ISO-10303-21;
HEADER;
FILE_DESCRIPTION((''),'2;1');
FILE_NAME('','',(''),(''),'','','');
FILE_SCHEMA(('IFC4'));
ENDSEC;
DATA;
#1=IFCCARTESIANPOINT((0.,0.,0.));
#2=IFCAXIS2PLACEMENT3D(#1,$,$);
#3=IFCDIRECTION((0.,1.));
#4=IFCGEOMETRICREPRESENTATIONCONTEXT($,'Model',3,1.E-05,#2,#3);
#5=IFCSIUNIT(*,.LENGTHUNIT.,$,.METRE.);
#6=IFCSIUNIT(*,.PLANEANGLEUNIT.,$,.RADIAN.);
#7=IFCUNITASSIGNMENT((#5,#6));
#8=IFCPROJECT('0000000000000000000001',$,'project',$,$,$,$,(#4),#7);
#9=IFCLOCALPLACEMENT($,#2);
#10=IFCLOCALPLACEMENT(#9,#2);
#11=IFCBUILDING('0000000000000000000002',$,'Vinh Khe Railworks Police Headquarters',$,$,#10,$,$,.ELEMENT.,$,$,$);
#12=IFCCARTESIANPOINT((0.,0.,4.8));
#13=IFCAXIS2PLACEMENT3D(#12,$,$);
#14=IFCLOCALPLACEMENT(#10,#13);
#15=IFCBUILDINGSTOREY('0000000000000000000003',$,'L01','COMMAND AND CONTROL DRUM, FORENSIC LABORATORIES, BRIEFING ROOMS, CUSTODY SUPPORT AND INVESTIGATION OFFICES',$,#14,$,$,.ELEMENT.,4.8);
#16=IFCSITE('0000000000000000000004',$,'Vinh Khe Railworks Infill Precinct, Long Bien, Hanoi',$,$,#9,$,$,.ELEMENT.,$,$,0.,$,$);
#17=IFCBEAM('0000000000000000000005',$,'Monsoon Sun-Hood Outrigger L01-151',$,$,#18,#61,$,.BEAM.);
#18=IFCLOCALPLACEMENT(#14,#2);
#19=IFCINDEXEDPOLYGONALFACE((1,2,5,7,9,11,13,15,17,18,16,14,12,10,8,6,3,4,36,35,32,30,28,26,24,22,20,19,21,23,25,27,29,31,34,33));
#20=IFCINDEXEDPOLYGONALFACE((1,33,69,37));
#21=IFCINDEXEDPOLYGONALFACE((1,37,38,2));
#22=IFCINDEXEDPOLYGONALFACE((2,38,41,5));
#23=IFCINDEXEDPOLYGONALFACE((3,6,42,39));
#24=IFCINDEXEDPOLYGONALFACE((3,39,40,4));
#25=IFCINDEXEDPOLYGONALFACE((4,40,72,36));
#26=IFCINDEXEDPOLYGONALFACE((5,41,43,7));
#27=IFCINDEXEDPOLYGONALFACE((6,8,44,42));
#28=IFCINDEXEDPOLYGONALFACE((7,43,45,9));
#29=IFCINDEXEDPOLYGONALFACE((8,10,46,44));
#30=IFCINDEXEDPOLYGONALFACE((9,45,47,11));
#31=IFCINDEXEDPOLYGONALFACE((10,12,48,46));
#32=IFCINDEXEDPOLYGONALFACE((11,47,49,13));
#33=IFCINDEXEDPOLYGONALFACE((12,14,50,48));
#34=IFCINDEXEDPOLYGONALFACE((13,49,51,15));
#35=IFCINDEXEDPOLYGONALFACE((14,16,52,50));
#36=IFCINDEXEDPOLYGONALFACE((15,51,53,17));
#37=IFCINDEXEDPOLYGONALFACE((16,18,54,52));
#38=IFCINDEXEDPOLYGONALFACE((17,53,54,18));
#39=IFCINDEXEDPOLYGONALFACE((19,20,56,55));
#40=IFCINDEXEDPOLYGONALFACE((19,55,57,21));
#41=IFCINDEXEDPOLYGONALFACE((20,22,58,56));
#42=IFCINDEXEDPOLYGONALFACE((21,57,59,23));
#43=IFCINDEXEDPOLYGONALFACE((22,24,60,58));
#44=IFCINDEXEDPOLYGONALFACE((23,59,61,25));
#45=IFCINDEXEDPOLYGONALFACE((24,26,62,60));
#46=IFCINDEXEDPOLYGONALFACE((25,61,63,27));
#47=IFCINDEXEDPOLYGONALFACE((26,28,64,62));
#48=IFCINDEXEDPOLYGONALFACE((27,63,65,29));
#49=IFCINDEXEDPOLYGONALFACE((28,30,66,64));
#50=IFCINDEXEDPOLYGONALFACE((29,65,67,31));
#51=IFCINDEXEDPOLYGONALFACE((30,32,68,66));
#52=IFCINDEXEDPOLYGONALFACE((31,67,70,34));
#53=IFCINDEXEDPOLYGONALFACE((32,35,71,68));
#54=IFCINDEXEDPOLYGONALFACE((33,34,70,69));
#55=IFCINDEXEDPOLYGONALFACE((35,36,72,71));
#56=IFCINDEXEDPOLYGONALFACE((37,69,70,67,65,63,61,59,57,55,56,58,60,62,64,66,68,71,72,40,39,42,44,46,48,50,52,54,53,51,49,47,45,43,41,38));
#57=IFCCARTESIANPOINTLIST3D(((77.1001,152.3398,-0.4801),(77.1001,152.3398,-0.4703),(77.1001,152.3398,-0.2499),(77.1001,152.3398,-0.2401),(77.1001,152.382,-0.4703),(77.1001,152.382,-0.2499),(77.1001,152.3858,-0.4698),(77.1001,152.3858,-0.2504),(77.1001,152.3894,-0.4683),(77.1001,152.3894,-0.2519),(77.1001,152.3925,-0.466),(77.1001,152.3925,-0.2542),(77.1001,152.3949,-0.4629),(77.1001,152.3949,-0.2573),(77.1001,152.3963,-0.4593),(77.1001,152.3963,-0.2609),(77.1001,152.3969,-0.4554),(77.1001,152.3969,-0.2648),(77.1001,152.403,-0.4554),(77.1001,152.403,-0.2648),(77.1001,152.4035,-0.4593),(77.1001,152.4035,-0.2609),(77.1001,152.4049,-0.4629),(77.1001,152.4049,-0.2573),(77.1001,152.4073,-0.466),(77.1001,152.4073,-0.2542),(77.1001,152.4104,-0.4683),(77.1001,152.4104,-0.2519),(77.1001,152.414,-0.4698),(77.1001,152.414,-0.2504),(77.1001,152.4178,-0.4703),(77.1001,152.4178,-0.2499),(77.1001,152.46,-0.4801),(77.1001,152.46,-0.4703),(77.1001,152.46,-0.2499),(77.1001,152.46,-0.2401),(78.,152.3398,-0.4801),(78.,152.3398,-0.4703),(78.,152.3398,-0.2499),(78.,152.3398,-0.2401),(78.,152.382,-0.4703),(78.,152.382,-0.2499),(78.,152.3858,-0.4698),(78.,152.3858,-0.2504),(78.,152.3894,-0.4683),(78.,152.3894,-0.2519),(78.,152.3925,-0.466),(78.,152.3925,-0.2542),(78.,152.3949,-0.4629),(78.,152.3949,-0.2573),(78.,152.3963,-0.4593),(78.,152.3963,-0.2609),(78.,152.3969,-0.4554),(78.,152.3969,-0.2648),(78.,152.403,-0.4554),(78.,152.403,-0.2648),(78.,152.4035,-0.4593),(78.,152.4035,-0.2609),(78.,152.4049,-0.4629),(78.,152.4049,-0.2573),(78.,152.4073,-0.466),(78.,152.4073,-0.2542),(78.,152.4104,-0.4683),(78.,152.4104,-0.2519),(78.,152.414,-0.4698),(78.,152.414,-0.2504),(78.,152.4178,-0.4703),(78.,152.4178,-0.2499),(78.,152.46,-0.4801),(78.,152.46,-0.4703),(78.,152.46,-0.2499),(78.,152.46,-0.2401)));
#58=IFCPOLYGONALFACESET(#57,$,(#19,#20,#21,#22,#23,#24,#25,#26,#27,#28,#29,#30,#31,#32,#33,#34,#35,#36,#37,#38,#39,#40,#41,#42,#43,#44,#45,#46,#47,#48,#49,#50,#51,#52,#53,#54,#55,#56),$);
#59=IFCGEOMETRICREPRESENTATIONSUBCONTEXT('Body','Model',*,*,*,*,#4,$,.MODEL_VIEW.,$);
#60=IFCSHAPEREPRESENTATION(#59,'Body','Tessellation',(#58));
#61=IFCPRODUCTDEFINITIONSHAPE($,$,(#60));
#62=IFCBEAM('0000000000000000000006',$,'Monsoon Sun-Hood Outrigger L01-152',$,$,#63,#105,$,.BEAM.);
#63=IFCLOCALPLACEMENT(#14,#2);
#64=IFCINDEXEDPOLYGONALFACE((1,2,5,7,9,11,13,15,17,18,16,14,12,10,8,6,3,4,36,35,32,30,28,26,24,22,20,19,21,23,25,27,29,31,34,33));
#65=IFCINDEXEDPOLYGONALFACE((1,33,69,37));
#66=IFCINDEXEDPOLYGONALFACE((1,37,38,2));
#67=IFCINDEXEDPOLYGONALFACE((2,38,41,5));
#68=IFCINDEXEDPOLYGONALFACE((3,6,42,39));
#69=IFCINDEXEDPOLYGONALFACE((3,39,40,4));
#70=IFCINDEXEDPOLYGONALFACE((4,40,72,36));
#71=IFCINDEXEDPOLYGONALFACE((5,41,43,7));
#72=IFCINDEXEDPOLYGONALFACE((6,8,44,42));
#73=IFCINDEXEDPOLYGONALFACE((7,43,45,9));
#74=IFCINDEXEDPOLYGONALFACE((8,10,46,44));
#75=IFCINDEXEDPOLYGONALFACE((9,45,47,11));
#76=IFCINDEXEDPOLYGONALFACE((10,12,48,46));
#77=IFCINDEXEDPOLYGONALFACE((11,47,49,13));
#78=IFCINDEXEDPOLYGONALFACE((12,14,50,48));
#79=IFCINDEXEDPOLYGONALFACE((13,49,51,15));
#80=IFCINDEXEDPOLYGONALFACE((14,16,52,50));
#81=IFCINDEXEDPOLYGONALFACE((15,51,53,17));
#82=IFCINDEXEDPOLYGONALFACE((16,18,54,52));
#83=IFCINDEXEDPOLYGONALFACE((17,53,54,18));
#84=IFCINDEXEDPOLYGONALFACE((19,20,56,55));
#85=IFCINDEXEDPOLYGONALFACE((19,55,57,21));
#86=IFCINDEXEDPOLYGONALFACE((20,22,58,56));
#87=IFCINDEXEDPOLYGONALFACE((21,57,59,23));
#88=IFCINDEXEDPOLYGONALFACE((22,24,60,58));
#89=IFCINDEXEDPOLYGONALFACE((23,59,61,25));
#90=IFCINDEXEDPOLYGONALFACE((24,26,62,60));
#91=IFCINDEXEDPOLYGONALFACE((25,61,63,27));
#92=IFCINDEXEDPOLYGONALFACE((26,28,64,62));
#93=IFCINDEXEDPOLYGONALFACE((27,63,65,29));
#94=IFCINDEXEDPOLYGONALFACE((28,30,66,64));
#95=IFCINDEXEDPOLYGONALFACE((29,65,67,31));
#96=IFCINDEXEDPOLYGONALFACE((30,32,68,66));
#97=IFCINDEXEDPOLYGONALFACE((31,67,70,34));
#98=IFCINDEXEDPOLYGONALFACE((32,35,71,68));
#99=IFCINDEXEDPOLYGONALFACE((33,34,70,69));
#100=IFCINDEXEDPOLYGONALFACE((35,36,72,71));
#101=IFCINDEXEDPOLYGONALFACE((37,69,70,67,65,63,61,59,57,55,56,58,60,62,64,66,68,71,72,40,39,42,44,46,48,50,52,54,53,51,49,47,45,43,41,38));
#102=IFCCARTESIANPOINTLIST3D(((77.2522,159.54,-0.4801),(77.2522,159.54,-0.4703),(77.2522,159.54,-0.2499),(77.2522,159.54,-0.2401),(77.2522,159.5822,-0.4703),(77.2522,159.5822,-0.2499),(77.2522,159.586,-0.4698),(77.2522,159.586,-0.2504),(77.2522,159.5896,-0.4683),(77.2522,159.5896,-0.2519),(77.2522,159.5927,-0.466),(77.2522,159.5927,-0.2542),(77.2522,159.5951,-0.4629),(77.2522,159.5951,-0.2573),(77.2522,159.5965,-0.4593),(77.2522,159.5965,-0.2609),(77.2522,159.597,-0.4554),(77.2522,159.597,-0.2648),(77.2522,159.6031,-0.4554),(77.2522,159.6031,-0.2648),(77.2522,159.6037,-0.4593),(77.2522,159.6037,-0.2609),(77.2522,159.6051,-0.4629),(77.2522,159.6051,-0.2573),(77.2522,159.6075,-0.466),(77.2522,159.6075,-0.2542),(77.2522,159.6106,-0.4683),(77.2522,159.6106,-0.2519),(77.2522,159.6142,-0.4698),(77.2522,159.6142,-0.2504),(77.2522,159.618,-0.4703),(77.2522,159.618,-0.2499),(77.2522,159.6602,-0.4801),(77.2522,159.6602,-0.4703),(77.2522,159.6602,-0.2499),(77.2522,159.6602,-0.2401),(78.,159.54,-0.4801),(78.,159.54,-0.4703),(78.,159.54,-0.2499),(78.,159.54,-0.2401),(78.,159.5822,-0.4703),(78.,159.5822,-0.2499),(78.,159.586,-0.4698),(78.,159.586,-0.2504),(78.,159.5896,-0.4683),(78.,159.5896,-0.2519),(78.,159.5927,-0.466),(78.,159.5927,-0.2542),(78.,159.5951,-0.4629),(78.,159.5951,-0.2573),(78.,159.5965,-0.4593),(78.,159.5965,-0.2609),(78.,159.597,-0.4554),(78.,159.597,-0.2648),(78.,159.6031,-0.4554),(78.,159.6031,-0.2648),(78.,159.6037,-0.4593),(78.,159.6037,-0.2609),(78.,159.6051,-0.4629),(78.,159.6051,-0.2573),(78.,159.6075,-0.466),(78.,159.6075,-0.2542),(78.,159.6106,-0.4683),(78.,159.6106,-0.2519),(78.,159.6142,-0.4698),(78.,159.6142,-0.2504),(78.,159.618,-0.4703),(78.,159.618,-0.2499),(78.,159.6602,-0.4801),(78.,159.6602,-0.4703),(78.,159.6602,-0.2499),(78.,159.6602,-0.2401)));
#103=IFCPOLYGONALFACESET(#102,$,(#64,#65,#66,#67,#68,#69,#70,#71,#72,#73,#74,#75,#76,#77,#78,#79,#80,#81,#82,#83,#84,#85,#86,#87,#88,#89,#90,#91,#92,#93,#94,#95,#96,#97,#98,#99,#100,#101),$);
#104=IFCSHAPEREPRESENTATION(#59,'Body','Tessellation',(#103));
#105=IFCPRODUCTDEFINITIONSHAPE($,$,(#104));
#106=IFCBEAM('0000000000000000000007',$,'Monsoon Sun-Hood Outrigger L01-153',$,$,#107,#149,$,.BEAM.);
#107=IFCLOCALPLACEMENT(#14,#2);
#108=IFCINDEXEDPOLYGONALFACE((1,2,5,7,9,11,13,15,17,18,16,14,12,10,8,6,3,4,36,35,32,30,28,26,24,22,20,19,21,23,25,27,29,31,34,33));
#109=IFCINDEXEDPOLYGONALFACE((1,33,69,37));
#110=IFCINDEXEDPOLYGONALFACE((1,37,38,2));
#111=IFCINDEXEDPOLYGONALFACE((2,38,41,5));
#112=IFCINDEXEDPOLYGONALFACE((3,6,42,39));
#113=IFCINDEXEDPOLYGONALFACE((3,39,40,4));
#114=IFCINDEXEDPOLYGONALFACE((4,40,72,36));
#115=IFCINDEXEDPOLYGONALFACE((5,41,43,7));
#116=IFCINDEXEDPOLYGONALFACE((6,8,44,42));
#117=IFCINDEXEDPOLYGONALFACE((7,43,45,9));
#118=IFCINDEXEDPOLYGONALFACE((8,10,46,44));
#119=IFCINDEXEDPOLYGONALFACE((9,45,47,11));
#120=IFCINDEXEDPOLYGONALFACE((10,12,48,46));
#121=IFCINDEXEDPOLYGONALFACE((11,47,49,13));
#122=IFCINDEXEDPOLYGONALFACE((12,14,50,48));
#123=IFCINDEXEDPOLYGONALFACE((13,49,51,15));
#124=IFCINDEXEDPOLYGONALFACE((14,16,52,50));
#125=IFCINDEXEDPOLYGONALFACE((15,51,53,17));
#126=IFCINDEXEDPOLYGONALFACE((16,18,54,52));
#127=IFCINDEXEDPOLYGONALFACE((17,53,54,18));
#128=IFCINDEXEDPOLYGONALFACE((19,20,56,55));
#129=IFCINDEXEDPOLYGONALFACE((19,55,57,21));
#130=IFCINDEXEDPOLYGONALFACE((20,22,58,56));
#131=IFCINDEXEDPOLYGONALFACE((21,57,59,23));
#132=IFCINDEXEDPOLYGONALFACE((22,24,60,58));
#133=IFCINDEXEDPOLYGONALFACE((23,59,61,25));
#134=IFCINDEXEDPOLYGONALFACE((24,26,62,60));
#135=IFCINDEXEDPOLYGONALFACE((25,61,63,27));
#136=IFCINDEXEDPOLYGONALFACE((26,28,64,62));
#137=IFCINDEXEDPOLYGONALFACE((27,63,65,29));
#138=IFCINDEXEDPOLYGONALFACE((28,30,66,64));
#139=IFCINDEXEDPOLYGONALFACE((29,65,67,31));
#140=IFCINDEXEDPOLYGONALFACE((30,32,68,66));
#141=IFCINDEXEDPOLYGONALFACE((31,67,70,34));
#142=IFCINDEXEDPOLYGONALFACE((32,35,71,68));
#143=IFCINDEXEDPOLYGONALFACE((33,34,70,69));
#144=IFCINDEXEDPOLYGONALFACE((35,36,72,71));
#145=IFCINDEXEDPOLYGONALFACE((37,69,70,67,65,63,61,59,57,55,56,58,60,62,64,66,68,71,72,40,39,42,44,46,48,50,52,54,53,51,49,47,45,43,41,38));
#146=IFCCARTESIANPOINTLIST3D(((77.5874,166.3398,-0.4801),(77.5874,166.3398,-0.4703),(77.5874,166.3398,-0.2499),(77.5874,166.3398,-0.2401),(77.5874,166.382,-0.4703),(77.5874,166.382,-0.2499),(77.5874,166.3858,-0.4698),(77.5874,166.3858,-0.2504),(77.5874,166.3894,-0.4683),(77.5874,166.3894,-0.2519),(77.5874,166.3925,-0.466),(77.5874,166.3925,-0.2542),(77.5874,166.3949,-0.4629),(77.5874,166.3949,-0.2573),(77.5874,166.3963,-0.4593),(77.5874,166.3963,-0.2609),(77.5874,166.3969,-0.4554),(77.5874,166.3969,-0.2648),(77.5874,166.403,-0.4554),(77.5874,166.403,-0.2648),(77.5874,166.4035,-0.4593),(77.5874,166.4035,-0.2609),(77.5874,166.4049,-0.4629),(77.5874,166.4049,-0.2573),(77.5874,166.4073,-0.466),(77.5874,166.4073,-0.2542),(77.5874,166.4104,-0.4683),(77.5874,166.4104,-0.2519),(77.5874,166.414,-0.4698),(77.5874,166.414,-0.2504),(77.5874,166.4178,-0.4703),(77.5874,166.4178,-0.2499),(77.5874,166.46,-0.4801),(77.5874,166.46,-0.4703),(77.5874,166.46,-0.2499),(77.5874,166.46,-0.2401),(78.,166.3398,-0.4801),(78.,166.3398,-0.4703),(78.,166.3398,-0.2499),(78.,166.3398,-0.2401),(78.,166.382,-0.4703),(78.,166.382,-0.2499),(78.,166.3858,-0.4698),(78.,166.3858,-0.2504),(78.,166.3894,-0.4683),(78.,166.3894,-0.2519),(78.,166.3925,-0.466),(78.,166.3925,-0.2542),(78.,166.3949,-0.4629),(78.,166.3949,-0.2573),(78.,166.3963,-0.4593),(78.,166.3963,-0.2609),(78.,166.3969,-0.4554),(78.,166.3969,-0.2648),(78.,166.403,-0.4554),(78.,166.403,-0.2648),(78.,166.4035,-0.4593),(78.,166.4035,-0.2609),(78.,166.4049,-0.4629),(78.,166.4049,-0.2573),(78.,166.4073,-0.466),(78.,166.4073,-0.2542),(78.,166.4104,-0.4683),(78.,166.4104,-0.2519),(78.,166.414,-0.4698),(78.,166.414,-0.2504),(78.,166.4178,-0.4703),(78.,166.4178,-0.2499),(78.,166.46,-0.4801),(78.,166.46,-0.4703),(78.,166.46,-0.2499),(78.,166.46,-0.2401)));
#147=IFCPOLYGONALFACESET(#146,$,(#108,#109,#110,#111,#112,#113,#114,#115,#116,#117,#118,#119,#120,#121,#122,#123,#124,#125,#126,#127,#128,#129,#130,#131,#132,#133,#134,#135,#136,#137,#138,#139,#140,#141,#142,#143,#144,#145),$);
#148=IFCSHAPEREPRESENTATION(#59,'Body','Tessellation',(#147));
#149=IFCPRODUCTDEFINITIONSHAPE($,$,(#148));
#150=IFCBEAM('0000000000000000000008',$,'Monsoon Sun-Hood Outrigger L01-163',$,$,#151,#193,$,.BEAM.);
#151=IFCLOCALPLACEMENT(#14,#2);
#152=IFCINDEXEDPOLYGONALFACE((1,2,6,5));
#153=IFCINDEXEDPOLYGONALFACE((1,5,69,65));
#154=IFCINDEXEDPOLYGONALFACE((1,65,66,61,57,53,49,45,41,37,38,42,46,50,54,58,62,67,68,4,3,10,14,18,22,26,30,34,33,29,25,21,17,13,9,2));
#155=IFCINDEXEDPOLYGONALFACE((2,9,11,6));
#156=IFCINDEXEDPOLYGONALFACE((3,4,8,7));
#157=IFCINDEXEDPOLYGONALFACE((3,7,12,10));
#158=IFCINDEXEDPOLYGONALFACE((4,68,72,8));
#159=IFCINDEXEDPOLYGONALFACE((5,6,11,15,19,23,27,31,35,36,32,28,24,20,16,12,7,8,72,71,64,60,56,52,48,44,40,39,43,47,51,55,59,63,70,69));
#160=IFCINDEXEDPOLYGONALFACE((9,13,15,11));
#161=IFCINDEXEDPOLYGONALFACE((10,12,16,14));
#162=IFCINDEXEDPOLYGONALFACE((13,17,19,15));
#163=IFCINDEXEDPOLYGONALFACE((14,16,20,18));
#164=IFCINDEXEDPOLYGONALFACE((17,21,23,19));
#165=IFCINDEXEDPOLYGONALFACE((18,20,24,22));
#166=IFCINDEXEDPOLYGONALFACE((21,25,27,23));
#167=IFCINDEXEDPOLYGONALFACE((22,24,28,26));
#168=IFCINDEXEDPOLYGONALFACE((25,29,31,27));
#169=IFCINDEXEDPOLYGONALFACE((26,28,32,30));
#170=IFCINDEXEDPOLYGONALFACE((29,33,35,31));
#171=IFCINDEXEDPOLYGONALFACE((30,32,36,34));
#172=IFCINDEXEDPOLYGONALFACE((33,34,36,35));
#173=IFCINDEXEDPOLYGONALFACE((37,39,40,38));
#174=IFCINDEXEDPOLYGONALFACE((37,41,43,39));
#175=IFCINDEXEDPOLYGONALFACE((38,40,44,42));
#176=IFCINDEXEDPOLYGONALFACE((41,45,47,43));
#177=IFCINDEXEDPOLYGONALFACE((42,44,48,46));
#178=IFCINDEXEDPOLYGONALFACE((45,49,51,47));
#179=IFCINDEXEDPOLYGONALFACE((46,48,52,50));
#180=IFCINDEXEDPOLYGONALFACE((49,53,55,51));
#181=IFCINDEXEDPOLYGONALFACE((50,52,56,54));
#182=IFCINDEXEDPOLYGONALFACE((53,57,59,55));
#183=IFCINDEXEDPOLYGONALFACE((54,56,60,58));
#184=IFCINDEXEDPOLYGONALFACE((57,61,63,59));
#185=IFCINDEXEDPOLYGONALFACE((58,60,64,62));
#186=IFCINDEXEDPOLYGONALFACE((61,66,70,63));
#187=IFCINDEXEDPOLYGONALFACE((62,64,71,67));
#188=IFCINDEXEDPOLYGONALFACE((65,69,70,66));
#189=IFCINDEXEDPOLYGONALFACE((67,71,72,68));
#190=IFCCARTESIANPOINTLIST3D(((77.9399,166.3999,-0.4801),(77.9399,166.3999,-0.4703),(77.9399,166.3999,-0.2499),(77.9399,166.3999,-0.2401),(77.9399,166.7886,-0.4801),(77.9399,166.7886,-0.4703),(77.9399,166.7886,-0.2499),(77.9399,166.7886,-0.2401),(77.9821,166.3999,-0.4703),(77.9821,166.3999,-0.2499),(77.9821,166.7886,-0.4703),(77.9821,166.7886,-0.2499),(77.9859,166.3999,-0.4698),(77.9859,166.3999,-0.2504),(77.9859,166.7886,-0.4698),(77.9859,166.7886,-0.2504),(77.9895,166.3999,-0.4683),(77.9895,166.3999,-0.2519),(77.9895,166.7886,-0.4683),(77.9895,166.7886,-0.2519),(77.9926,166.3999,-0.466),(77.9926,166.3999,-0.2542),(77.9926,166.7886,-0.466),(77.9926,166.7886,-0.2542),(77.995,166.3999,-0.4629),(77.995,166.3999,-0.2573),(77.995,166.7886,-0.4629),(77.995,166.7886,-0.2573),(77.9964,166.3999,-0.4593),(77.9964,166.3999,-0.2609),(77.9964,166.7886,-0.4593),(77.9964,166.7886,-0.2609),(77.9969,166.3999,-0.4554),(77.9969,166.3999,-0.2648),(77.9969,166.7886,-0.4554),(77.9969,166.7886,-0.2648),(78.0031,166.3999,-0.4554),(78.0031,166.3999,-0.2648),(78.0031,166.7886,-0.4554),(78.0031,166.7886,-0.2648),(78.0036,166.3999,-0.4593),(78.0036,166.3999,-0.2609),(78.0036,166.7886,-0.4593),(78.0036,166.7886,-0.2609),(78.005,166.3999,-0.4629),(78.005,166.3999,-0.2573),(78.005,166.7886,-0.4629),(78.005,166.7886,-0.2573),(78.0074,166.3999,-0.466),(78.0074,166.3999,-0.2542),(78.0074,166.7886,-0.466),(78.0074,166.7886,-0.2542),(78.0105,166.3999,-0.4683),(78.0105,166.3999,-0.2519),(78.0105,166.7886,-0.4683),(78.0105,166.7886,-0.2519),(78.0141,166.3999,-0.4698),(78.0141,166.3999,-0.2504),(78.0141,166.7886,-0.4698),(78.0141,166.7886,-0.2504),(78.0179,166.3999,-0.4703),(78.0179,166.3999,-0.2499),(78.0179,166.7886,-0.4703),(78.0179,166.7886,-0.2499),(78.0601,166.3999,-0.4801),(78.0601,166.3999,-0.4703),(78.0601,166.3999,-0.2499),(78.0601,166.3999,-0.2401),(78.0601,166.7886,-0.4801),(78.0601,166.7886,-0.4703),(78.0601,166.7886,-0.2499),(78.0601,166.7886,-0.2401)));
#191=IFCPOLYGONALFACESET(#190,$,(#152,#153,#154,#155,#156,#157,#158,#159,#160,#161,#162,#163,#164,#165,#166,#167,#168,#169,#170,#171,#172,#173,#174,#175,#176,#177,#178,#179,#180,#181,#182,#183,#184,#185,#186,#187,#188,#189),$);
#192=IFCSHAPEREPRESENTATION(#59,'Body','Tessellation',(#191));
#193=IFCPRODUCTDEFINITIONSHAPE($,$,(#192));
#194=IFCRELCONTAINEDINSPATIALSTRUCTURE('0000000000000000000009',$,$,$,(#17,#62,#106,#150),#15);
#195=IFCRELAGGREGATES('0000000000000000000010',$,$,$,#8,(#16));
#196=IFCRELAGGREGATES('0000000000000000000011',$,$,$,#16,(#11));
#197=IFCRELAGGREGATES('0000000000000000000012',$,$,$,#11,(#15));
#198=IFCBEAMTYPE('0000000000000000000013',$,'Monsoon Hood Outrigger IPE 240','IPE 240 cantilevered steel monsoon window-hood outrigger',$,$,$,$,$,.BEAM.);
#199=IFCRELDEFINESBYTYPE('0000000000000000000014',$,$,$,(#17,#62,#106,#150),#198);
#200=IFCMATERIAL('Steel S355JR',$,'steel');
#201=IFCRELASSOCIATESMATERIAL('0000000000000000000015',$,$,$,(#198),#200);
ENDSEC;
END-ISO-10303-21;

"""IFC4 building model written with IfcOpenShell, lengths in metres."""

from ifc_helpers import new_model, si_unit, direction, frame, origin, origin_2d, place, context, subcontext, project, spatial, i_section, extrude, material, material_profile, profile_set, type_object, element, save


model = new_model("IFC4")

# Units and contexts
model_context = context("Model", 3, precision=1e-05, world=origin(), true_north=direction((0.0, 1.0)))
body_context = subcontext(model_context, "Body", "Model", "MODEL_VIEW")
ifc_project = project(units=[si_unit("LENGTHUNIT", "METRE"), si_unit("PLANEANGLEUNIT", "RADIAN")], contexts=[model_context])

# Site, building, storey
site_placement = place(None, origin())
site = spatial("IfcSite", under=ifc_project, at=site_placement, Name="Vinh Khe Railworks Infill Precinct, Long Bien, Hanoi", CompositionType="ELEMENT", RefElevation=0.0)
building_placement = place(site_placement, origin())
building = spatial("IfcBuilding", under=site, at=building_placement, Name="Vinh Khe Railworks Police Headquarters", CompositionType="ELEMENT")
storey_placement = place(building_placement, frame((0.0, 0.0, 4.8)))
storey = spatial("IfcBuildingStorey", under=building, at=storey_placement, Name="L01", Description="COMMAND AND CONTROL DRUM, FORENSIC LABORATORIES, BRIEFING ROOMS, CUSTODY SUPPORT AND INVESTIGATION OFFICES", CompositionType="ELEMENT", Elevation=4.8)

# Shared definitions
ifc_material_1 = material(Name="Steel S355JR", Category="steel")

# Beams
ifc_material_profile_1 = material_profile(ifc_material_1, i_section(OverallWidth=0.1201, OverallDepth=0.24, WebThickness=0.0061, FlangeThickness=0.0098, FilletRadius=0.0149, at=origin_2d()), Name="IPE 240")
ifc_profile_set_1 = profile_set([ifc_material_profile_1], Name="Steel S355JR")
beam_type_1 = type_object("IfcBeamType", Name="Monsoon Hood Outrigger IPE 240", Description="IPE 240 cantilevered steel monsoon window-hood outrigger", PredefinedType="BEAM", material=ifc_profile_set_1)
beam_1_placement = place(storey_placement, frame((77.1001, 152.3999, -0.3601), z_axis=(1.0, 0.0, 0.0), x_axis=(0.0, 1.0, 0.0)))
element("IfcBeam", 1, at=beam_1_placement, inside=storey, type_object=beam_type_1, Name="Monsoon Sun-Hood Outrigger L01-151", PredefinedType="BEAM", context=body_context, shape_type="SweptSolid", body=[
    extrude(i_section(OverallWidth=0.1201, OverallDepth=0.24, WebThickness=0.0061, FlangeThickness=0.0098, FilletRadius=0.0149, at=origin_2d()), origin(), (0.0, 0.0, 1.0), 0.8999),
])
beam_2_placement = place(storey_placement, frame((77.2522, 159.6001, -0.3601), z_axis=(1.0, 0.0, 0.0), x_axis=(0.0, 1.0, 0.0)))
element("IfcBeam", 2, at=beam_2_placement, inside=storey, type_object=beam_type_1, Name="Monsoon Sun-Hood Outrigger L01-152", PredefinedType="BEAM", context=body_context, shape_type="SweptSolid", body=[
    extrude(i_section(OverallWidth=0.1201, OverallDepth=0.24, WebThickness=0.0061, FlangeThickness=0.0098, FilletRadius=0.0149, at=origin_2d()), origin(), (0.0, 0.0, 1.0), 0.7478),
])
beam_3_placement = place(storey_placement, frame((77.5874, 166.3999, -0.3601), z_axis=(1.0, 0.0, 0.0), x_axis=(0.0, 1.0, 0.0)))
element("IfcBeam", 3, at=beam_3_placement, inside=storey, type_object=beam_type_1, Name="Monsoon Sun-Hood Outrigger L01-153", PredefinedType="BEAM", context=body_context, shape_type="SweptSolid", body=[
    extrude(i_section(OverallWidth=0.1201, OverallDepth=0.24, WebThickness=0.0061, FlangeThickness=0.0098, FilletRadius=0.0149, at=origin_2d()), origin(), (0.0, 0.0, 1.0), 0.4126),
])
beam_4_placement = place(storey_placement, frame((78.0, 166.3999, -0.3601), z_axis=(0.0, 1.0, 0.0), x_axis=(-1.0, 0.0, 0.0)))
element("IfcBeam", 4, at=beam_4_placement, inside=storey, type_object=beam_type_1, Name="Monsoon Sun-Hood Outrigger L01-163", PredefinedType="BEAM", context=body_context, shape_type="SweptSolid", body=[
    extrude(i_section(OverallWidth=0.1201, OverallDepth=0.24, WebThickness=0.0061, FlangeThickness=0.0098, FilletRadius=0.0149, at=origin_2d()), origin(), (0.0, 0.0, 1.0), 0.3887),
])

save(model, "model.ifc")
